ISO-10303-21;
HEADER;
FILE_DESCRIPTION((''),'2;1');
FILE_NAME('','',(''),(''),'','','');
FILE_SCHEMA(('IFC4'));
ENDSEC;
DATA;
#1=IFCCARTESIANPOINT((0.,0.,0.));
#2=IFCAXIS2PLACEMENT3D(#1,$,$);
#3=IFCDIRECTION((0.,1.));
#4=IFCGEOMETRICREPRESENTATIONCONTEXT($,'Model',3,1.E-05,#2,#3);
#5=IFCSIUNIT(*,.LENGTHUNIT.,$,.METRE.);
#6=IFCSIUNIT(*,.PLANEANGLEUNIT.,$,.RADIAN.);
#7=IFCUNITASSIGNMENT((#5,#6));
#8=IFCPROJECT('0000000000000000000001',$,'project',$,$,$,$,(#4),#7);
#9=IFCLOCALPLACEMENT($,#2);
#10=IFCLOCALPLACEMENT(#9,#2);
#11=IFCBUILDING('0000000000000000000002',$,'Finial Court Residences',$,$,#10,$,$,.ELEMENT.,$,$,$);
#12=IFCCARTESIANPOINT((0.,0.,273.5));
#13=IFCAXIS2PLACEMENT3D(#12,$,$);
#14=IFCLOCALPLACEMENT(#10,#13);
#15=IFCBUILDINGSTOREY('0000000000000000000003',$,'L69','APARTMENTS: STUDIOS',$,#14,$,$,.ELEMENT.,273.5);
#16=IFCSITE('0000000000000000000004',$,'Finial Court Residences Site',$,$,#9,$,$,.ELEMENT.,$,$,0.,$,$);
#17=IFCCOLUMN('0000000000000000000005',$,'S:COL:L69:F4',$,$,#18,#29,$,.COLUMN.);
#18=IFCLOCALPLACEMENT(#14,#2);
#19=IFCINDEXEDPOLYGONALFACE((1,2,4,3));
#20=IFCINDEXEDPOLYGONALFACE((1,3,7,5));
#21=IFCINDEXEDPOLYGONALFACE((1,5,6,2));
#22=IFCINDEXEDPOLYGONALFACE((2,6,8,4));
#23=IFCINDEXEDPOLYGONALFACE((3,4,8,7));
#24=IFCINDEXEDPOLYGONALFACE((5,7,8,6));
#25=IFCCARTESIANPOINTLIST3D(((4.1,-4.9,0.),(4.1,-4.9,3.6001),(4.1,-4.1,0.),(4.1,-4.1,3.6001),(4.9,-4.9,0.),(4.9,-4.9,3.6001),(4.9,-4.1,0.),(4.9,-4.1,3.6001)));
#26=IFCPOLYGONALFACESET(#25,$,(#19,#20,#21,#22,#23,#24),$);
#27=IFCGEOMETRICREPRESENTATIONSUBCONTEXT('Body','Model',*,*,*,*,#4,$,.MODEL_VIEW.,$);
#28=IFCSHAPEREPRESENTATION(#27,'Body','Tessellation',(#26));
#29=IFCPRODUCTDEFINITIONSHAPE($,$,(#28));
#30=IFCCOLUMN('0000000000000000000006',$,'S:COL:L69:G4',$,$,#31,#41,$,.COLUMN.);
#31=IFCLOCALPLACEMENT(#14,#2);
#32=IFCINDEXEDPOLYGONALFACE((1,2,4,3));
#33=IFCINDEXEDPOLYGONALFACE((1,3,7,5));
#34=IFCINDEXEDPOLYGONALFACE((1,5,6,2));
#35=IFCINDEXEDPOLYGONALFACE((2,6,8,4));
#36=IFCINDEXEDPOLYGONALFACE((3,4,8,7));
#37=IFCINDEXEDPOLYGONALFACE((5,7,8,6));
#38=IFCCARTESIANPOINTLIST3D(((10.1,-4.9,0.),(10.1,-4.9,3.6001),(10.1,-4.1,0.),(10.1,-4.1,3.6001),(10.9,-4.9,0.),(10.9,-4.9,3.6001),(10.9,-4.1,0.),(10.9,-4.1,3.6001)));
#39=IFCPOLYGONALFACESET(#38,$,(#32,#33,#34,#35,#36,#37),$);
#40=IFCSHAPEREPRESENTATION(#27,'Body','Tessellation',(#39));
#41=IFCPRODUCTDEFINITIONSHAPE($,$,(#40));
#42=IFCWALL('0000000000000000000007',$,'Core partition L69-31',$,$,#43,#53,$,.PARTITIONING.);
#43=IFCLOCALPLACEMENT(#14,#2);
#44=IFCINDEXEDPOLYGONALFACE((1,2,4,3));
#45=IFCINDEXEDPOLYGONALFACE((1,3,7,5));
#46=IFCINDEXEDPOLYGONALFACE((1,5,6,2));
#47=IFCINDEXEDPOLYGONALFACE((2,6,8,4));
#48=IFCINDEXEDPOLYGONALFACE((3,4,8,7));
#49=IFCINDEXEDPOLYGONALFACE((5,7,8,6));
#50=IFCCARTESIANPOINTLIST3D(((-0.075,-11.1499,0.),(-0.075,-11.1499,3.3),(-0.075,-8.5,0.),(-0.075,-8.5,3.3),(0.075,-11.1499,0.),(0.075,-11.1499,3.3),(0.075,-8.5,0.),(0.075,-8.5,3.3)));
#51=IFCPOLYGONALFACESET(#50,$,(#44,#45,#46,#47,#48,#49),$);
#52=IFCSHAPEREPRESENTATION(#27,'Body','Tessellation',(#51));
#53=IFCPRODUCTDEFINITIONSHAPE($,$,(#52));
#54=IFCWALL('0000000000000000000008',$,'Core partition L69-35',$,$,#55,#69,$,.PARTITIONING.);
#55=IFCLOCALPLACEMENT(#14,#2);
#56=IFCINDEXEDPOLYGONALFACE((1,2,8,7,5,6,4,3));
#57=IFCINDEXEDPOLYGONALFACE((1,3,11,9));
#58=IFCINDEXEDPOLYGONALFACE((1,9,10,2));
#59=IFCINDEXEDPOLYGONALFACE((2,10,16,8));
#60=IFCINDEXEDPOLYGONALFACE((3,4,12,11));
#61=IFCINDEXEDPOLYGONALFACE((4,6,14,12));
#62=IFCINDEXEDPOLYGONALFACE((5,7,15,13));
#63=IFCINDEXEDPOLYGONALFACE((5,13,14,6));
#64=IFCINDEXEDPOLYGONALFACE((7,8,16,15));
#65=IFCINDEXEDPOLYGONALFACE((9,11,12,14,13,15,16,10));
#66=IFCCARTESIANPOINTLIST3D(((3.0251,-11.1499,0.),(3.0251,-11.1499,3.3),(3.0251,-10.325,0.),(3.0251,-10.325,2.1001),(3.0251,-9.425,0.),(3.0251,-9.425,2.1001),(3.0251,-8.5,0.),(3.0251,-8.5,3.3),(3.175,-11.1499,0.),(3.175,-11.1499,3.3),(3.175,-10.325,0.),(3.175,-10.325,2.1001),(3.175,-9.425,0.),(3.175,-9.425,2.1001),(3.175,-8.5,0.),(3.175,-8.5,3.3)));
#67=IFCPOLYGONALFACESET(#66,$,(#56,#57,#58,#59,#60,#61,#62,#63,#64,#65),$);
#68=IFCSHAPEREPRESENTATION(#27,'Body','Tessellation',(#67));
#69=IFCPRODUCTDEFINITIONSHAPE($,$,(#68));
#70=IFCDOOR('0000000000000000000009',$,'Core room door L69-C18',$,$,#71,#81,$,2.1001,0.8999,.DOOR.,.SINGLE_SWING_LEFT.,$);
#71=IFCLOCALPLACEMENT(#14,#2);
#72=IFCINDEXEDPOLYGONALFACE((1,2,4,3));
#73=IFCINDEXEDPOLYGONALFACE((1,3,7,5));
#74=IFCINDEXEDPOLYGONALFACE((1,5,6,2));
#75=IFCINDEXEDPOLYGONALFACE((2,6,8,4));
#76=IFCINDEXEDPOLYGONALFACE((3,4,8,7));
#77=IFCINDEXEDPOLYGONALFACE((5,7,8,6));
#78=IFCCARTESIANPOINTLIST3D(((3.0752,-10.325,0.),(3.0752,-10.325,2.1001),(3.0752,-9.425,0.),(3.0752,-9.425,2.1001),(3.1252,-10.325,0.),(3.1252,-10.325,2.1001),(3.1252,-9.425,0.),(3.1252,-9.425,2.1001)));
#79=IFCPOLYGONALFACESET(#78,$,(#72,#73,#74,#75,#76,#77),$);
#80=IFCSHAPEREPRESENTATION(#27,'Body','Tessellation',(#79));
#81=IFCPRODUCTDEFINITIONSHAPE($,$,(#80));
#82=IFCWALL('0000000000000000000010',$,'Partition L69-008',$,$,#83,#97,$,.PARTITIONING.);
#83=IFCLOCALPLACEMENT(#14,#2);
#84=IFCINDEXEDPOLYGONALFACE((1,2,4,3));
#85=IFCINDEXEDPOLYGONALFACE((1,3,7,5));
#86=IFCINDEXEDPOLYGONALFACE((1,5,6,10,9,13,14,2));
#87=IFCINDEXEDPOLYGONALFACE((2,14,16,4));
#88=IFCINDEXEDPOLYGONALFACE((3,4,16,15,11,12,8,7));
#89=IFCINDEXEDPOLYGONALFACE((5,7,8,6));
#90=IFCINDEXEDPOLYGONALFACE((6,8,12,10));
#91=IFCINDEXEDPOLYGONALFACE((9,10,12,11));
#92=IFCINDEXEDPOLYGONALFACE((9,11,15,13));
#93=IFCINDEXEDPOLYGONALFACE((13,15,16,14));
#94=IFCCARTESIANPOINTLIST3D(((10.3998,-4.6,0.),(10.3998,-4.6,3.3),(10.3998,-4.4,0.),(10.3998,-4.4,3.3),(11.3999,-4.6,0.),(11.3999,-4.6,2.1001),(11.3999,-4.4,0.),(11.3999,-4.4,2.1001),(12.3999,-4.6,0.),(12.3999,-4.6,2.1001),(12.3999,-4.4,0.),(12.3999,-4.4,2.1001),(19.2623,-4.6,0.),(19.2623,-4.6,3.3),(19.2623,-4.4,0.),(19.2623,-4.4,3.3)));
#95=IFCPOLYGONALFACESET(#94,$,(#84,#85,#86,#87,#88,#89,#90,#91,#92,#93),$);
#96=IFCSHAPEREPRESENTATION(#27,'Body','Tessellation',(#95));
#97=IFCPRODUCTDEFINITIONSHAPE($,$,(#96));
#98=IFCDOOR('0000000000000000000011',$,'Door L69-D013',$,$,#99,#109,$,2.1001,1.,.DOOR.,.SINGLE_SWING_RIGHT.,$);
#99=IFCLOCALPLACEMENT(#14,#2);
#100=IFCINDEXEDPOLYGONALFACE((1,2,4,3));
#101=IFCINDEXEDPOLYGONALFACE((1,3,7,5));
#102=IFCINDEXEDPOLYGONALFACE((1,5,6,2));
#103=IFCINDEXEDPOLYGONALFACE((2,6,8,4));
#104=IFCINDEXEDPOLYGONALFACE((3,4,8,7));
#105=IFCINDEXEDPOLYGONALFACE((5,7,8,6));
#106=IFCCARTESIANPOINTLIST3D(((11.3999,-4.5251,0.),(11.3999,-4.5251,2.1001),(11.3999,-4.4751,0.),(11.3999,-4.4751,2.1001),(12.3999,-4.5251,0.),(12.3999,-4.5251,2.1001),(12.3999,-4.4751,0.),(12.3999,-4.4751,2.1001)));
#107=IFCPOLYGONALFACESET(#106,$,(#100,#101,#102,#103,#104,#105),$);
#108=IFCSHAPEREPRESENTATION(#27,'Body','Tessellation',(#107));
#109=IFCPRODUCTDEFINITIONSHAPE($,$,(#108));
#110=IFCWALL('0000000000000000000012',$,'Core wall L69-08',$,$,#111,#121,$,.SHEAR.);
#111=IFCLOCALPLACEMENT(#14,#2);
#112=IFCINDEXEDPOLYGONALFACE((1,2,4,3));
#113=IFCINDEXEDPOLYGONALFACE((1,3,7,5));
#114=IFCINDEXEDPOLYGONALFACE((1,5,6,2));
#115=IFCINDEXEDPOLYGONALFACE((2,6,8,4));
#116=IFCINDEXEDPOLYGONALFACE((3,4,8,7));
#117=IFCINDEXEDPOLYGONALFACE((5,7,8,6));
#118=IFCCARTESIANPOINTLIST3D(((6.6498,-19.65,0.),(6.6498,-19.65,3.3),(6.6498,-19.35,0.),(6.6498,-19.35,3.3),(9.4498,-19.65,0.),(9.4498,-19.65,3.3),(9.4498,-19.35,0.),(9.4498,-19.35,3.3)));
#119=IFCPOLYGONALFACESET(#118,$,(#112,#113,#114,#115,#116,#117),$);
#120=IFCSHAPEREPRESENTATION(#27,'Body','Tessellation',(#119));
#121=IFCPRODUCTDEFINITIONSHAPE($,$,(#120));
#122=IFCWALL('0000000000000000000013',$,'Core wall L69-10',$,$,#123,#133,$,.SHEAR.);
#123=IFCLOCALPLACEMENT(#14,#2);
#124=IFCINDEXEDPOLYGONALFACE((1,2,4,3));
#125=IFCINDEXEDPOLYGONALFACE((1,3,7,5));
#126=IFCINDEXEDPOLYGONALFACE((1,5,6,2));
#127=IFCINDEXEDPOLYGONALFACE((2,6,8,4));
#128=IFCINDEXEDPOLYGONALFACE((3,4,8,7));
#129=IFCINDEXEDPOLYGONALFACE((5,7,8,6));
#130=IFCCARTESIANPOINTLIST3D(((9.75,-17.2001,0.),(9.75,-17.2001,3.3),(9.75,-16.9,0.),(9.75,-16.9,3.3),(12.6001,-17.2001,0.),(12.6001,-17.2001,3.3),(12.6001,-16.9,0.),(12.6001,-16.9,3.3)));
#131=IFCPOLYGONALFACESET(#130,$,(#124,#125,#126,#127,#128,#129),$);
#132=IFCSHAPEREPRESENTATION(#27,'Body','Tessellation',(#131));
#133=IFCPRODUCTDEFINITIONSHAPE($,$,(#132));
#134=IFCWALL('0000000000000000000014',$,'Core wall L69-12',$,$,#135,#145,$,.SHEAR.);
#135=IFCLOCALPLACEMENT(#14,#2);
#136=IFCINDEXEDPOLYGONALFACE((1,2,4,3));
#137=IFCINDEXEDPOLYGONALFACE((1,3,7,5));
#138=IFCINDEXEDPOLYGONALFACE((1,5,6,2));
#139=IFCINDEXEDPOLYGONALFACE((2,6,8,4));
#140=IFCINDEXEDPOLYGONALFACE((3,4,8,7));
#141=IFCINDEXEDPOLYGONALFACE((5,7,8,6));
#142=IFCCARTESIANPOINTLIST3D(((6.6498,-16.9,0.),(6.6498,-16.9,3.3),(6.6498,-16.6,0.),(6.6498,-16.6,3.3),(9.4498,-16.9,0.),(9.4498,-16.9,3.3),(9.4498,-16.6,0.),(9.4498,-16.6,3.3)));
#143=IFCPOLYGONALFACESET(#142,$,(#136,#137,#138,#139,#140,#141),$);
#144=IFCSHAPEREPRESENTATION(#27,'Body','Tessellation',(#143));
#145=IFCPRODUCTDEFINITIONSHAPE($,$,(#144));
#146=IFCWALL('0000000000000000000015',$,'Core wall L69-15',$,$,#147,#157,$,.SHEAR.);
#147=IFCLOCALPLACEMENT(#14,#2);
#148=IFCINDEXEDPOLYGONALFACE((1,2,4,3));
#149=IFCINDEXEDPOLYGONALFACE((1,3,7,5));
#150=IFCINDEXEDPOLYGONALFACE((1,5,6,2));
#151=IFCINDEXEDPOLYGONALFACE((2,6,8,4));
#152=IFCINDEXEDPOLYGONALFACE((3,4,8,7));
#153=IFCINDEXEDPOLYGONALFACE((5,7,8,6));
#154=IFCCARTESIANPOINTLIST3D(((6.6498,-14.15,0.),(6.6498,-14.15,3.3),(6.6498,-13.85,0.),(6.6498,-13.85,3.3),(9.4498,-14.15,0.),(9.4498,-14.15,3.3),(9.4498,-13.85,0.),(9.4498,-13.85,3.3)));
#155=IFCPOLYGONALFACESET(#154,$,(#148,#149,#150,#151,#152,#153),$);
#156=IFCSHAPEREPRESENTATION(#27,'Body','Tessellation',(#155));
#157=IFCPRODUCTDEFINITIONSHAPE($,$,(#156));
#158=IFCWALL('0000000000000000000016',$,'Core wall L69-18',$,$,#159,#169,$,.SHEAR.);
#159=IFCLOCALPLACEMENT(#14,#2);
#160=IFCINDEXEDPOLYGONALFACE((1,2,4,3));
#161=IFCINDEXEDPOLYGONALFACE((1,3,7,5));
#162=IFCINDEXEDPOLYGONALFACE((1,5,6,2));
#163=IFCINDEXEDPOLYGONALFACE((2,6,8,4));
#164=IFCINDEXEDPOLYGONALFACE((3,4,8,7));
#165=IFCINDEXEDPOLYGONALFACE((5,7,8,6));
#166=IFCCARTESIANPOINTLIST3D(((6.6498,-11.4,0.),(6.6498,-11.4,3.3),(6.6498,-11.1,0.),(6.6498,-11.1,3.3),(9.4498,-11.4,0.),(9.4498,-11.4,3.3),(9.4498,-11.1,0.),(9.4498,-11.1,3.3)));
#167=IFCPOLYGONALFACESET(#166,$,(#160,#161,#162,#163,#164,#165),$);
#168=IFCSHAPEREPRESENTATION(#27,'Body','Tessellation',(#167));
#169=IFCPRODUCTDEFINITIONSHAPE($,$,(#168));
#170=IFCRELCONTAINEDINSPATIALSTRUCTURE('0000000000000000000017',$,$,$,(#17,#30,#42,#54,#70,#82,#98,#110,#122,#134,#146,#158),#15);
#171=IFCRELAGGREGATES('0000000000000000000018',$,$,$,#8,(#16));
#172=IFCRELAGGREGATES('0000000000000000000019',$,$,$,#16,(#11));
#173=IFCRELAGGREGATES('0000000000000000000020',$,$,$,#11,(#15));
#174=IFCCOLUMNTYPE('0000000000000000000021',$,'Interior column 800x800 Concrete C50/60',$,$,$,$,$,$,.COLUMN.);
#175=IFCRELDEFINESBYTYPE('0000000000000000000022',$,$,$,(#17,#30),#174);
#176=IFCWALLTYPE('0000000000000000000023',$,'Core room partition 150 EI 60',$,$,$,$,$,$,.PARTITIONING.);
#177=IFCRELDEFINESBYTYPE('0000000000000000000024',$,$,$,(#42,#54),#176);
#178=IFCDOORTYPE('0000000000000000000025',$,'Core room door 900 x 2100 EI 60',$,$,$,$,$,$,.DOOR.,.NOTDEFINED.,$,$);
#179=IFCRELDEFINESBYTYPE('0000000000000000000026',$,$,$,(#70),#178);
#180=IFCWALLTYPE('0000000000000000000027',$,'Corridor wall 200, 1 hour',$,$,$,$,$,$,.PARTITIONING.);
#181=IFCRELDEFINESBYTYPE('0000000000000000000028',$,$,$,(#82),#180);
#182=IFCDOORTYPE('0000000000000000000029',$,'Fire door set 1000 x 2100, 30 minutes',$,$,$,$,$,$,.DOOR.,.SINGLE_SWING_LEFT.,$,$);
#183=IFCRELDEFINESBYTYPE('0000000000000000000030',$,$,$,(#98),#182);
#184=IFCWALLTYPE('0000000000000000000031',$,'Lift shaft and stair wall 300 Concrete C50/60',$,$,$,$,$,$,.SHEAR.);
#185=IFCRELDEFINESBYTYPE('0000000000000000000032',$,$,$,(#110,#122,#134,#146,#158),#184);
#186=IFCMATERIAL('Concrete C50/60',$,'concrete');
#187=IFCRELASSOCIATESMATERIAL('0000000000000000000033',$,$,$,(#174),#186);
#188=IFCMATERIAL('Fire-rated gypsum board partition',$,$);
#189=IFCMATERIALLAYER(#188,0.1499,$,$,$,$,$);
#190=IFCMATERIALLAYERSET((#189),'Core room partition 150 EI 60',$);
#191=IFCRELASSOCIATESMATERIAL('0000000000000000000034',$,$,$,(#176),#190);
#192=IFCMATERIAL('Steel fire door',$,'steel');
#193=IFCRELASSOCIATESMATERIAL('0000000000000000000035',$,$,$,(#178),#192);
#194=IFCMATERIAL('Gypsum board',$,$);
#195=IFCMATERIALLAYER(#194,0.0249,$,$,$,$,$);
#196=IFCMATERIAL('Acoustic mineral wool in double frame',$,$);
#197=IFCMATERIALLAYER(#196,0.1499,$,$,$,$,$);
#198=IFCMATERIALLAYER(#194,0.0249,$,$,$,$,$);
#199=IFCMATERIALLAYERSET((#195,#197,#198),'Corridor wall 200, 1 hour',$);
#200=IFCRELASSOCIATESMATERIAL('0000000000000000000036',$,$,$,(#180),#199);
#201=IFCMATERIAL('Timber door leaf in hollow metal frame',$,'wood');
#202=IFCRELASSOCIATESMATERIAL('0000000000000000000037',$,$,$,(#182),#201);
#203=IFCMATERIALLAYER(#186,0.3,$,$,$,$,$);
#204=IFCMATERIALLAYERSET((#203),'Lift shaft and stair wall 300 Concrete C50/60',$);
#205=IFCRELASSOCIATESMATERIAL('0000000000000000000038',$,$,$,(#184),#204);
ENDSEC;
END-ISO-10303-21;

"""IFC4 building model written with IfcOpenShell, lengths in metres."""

from ifc_helpers import new_model, si_unit, direction, frame, frame_2d, origin, origin_2d, place, context, subcontext, project, spatial, rectangle, extrude, material, layer, layer_set, material_profile, profile_set, type_object, element, fill, save


model = new_model("IFC4")

# Units and contexts
model_context = context("Model", 3, precision=1e-05, world=origin(), true_north=direction((0.0, 1.0)))
body_context = subcontext(model_context, "Body", "Model", "MODEL_VIEW")
ifc_project = project(units=[si_unit("LENGTHUNIT", "METRE"), si_unit("PLANEANGLEUNIT", "RADIAN")], contexts=[model_context])

# Site, building, storey
site_placement = place(None, origin())
site = spatial("IfcSite", under=ifc_project, at=site_placement, Name="Finial Court Residences Site", CompositionType="ELEMENT", RefElevation=0.0)
building_placement = place(site_placement, origin())
building = spatial("IfcBuilding", under=site, at=building_placement, Name="Finial Court Residences", CompositionType="ELEMENT")
storey_placement = place(building_placement, frame((0.0, 0.0, 273.5)))
storey = spatial("IfcBuildingStorey", under=building, at=storey_placement, Name="L69", Description="APARTMENTS: STUDIOS", CompositionType="ELEMENT", Elevation=273.5)

# Columns
ifc_material_1 = material(Name="Concrete C50/60", Category="concrete")
ifc_material_profile = material_profile(ifc_material_1, rectangle(XDim=0.8, YDim=0.8, at=origin_2d()), Name="800x800")
ifc_profile_set = profile_set([ifc_material_profile], Name="Concrete C50/60")
column_type = type_object("IfcColumnType", Name="Interior column 800x800 Concrete C50/60", PredefinedType="COLUMN", material=ifc_profile_set)
for number, where, z_axis, x_axis, name in (
    (1, (4.5, -4.5, 0.0), (0.0, 0.0, 1.0), (1.0, 0.0, 0.0), "S:COL:L69:F4"),
    (2, (10.5, -4.5, 0.0), (0.0, 0.0, 1.0), (1.0, 0.0, 0.0), "S:COL:L69:G4"),
):
    element("IfcColumn", number, at=place(storey_placement, frame(where, z_axis=z_axis, x_axis=x_axis)), inside=storey, type_object=column_type, Name=name, PredefinedType="COLUMN", context=body_context, shape_type="SweptSolid", body=[
        extrude(rectangle(XDim=0.8, YDim=0.8, at=origin_2d()), origin(), (0.0, 0.0, 1.0), 3.6001),
    ])

# Wall
ifc_material_2 = material(Name="Fire-rated gypsum board partition")
ifc_layer_1 = layer(ifc_material_2, 0.1499)
ifc_layer_set_1 = layer_set([ifc_layer_1], Name="Core room partition 150 EI 60")
wall_type_1 = type_object("IfcWallType", Name="Core room partition 150 EI 60", PredefinedType="PARTITIONING", material=ifc_layer_set_1)
wall_1_placement = place(storey_placement, frame((0.0, -11.1499, 0.0), z_axis=(0.0, 0.0, 1.0), x_axis=(0.0, 1.0, 0.0)))
element("IfcWall", 3, at=wall_1_placement, inside=storey, type_object=wall_type_1, Name="Core partition L69-31", PredefinedType="PARTITIONING", context=body_context, shape_type="SweptSolid", body=[
    extrude(rectangle(XDim=2.6499, YDim=0.1499, at=frame_2d((1.325, 0.0))), origin(), (0.0, 0.0, 1.0), 3.3),
])

# Walls, openings, doors
wall_2_placement = place(storey_placement, frame((3.1001, -11.1499, 0.0), z_axis=(0.0, 0.0, 1.0), x_axis=(0.0, 1.0, 0.0)))
wall_2 = element("IfcWall", 4, at=wall_2_placement, inside=storey, type_object=wall_type_1, Name="Core partition L69-35", PredefinedType="PARTITIONING", context=body_context, shape_type="SweptSolid", body=[
    extrude(rectangle(XDim=2.6499, YDim=0.1499, at=frame_2d((1.325, 0.0))), origin(), (0.0, 0.0, 1.0), 3.3),
])
opening_1_placement = place(wall_2_placement, frame((0.825, 0.0, 0.0)))
opening_1 = element("IfcOpeningElement", 5, at=opening_1_placement, cuts=wall_2, PredefinedType="OPENING", context=body_context, shape_type="SweptSolid", body=[
    extrude(rectangle(XDim=0.8999, YDim=2.1001, at=frame_2d((0.45, 1.05))), frame((0.0, 0.085, 0.0), z_axis=(0.0, -1.0, 0.0), x_axis=(1.0, 0.0, 0.0)), (0.0, 0.0, 1.0), 0.1699),
])
ifc_material_3 = material(Name="Steel fire door", Category="steel")
door_type_1 = type_object("IfcDoorType", Name="Core room door 900 x 2100 EI 60", OperationType="NOTDEFINED", PredefinedType="DOOR", material=ifc_material_3)
door_1_placement = place(opening_1_placement, origin())
door_1 = element("IfcDoor", 6, at=door_1_placement, inside=storey, type_object=door_type_1, Name="Core room door L69-C18", OperationType="SINGLE_SWING_LEFT", OverallHeight=2.1001, OverallWidth=0.8999, PredefinedType="DOOR", context=body_context, shape_type="SweptSolid", body=[
    extrude(rectangle(XDim=0.8999, YDim=2.1001, at=frame_2d((0.45, 1.05))), frame((0.0, 0.0249, 0.0), z_axis=(0.0, -1.0, 0.0), x_axis=(1.0, 0.0, 0.0)), (0.0, 0.0, 1.0), 0.05),
])
fill(opening_1, door_1)
ifc_material_4 = material(Name="Gypsum board")
ifc_layer_2 = layer(ifc_material_4, 0.0249)
ifc_material_5 = material(Name="Acoustic mineral wool in double frame")
ifc_layer_3 = layer(ifc_material_5, 0.1499)
ifc_layer_4 = layer(ifc_material_4, 0.0249)
ifc_layer_set_2 = layer_set([ifc_layer_2, ifc_layer_3, ifc_layer_4], Name="Corridor wall 200, 1 hour")
wall_type_2 = type_object("IfcWallType", Name="Corridor wall 200, 1 hour", PredefinedType="PARTITIONING", material=ifc_layer_set_2)
wall_3_placement = place(storey_placement, frame((10.3999, -4.5, 0.0), z_axis=(0.0, 0.0, 1.0), x_axis=(1.0, 0.0, 0.0)))
wall_3 = element("IfcWall", 7, at=wall_3_placement, inside=storey, type_object=wall_type_2, Name="Partition L69-008", PredefinedType="PARTITIONING", context=body_context, shape_type="SweptSolid", body=[
    extrude(rectangle(XDim=8.8625, YDim=0.2, at=frame_2d((4.4312, 0.0))), origin(), (0.0, 0.0, 1.0), 3.3),
])
opening_2_placement = place(wall_3_placement, frame((1.0, 0.0, 0.0)))
opening_2 = element("IfcOpeningElement", 8, at=opening_2_placement, cuts=wall_3, PredefinedType="OPENING", context=body_context, shape_type="SweptSolid", body=[
    extrude(rectangle(XDim=1.0, YDim=2.1001, at=frame_2d((0.5, 1.05))), frame((0.0, 0.1099, 0.0), z_axis=(0.0, -1.0, 0.0), x_axis=(1.0, 0.0, 0.0)), (0.0, 0.0, 1.0), 0.22),
])
ifc_material_6 = material(Name="Timber door leaf in hollow metal frame", Category="wood")
door_type_2 = type_object("IfcDoorType", Name="Fire door set 1000 x 2100, 30 minutes", OperationType="SINGLE_SWING_LEFT", PredefinedType="DOOR", material=ifc_material_6)
door_2_placement = place(opening_2_placement, origin())
door_2 = element("IfcDoor", 9, at=door_2_placement, inside=storey, type_object=door_type_2, Name="Door L69-D013", OperationType="SINGLE_SWING_RIGHT", OverallHeight=2.1001, OverallWidth=1.0, PredefinedType="DOOR", context=body_context, shape_type="SweptSolid", body=[
    extrude(rectangle(XDim=1.0, YDim=2.1001, at=frame_2d((0.5, 1.05))), frame((0.0, 0.0249, 0.0), z_axis=(0.0, -1.0, 0.0), x_axis=(1.0, 0.0, 0.0)), (0.0, 0.0, 1.0), 0.05),
])
fill(opening_2, door_2)

# Walls
ifc_layer_5 = layer(ifc_material_1, 0.3)
ifc_layer_set_3 = layer_set([ifc_layer_5], Name="Lift shaft and stair wall 300 Concrete C50/60")
wall_type_3 = type_object("IfcWallType", Name="Lift shaft and stair wall 300 Concrete C50/60", PredefinedType="SHEAR", material=ifc_layer_set_3)
wall_4_placement = place(storey_placement, frame((6.6499, -19.5, 0.0), z_axis=(0.0, 0.0, 1.0), x_axis=(1.0, 0.0, 0.0)))
element("IfcWall", 10, at=wall_4_placement, inside=storey, type_object=wall_type_3, Name="Core wall L69-08", PredefinedType="SHEAR", context=body_context, shape_type="SweptSolid", body=[
    extrude(rectangle(XDim=2.8, YDim=0.3, at=frame_2d((1.3999, 0.0))), origin(), (0.0, 0.0, 1.0), 3.3),
])
wall_5_placement = place(storey_placement, frame((9.75, -17.05, 0.0), z_axis=(0.0, 0.0, 1.0), x_axis=(1.0, 0.0, 0.0)))
element("IfcWall", 11, at=wall_5_placement, inside=storey, type_object=wall_type_3, Name="Core wall L69-10", PredefinedType="SHEAR", context=body_context, shape_type="SweptSolid", body=[
    extrude(rectangle(XDim=2.8501, YDim=0.3, at=frame_2d((1.425, 0.0))), origin(), (0.0, 0.0, 1.0), 3.3),
])
for number, where, z_axis, x_axis, name in (
    (12, (6.6499, -16.75, 0.0), (0.0, 0.0, 1.0), (1.0, 0.0, 0.0), "Core wall L69-12"),
    (13, (6.6499, -14.0, 0.0), (0.0, 0.0, 1.0), (1.0, 0.0, 0.0), "Core wall L69-15"),
    (14, (6.6499, -11.25, 0.0), (0.0, 0.0, 1.0), (1.0, 0.0, 0.0), "Core wall L69-18"),
):
    element("IfcWall", number, at=place(storey_placement, frame(where, z_axis=z_axis, x_axis=x_axis)), inside=storey, type_object=wall_type_3, Name=name, PredefinedType="SHEAR", context=body_context, shape_type="SweptSolid", body=[
        extrude(rectangle(XDim=2.8, YDim=0.3, at=frame_2d((1.3999, 0.0))), origin(), (0.0, 0.0, 1.0), 3.3),
    ])

save(model, "model.ifc")
